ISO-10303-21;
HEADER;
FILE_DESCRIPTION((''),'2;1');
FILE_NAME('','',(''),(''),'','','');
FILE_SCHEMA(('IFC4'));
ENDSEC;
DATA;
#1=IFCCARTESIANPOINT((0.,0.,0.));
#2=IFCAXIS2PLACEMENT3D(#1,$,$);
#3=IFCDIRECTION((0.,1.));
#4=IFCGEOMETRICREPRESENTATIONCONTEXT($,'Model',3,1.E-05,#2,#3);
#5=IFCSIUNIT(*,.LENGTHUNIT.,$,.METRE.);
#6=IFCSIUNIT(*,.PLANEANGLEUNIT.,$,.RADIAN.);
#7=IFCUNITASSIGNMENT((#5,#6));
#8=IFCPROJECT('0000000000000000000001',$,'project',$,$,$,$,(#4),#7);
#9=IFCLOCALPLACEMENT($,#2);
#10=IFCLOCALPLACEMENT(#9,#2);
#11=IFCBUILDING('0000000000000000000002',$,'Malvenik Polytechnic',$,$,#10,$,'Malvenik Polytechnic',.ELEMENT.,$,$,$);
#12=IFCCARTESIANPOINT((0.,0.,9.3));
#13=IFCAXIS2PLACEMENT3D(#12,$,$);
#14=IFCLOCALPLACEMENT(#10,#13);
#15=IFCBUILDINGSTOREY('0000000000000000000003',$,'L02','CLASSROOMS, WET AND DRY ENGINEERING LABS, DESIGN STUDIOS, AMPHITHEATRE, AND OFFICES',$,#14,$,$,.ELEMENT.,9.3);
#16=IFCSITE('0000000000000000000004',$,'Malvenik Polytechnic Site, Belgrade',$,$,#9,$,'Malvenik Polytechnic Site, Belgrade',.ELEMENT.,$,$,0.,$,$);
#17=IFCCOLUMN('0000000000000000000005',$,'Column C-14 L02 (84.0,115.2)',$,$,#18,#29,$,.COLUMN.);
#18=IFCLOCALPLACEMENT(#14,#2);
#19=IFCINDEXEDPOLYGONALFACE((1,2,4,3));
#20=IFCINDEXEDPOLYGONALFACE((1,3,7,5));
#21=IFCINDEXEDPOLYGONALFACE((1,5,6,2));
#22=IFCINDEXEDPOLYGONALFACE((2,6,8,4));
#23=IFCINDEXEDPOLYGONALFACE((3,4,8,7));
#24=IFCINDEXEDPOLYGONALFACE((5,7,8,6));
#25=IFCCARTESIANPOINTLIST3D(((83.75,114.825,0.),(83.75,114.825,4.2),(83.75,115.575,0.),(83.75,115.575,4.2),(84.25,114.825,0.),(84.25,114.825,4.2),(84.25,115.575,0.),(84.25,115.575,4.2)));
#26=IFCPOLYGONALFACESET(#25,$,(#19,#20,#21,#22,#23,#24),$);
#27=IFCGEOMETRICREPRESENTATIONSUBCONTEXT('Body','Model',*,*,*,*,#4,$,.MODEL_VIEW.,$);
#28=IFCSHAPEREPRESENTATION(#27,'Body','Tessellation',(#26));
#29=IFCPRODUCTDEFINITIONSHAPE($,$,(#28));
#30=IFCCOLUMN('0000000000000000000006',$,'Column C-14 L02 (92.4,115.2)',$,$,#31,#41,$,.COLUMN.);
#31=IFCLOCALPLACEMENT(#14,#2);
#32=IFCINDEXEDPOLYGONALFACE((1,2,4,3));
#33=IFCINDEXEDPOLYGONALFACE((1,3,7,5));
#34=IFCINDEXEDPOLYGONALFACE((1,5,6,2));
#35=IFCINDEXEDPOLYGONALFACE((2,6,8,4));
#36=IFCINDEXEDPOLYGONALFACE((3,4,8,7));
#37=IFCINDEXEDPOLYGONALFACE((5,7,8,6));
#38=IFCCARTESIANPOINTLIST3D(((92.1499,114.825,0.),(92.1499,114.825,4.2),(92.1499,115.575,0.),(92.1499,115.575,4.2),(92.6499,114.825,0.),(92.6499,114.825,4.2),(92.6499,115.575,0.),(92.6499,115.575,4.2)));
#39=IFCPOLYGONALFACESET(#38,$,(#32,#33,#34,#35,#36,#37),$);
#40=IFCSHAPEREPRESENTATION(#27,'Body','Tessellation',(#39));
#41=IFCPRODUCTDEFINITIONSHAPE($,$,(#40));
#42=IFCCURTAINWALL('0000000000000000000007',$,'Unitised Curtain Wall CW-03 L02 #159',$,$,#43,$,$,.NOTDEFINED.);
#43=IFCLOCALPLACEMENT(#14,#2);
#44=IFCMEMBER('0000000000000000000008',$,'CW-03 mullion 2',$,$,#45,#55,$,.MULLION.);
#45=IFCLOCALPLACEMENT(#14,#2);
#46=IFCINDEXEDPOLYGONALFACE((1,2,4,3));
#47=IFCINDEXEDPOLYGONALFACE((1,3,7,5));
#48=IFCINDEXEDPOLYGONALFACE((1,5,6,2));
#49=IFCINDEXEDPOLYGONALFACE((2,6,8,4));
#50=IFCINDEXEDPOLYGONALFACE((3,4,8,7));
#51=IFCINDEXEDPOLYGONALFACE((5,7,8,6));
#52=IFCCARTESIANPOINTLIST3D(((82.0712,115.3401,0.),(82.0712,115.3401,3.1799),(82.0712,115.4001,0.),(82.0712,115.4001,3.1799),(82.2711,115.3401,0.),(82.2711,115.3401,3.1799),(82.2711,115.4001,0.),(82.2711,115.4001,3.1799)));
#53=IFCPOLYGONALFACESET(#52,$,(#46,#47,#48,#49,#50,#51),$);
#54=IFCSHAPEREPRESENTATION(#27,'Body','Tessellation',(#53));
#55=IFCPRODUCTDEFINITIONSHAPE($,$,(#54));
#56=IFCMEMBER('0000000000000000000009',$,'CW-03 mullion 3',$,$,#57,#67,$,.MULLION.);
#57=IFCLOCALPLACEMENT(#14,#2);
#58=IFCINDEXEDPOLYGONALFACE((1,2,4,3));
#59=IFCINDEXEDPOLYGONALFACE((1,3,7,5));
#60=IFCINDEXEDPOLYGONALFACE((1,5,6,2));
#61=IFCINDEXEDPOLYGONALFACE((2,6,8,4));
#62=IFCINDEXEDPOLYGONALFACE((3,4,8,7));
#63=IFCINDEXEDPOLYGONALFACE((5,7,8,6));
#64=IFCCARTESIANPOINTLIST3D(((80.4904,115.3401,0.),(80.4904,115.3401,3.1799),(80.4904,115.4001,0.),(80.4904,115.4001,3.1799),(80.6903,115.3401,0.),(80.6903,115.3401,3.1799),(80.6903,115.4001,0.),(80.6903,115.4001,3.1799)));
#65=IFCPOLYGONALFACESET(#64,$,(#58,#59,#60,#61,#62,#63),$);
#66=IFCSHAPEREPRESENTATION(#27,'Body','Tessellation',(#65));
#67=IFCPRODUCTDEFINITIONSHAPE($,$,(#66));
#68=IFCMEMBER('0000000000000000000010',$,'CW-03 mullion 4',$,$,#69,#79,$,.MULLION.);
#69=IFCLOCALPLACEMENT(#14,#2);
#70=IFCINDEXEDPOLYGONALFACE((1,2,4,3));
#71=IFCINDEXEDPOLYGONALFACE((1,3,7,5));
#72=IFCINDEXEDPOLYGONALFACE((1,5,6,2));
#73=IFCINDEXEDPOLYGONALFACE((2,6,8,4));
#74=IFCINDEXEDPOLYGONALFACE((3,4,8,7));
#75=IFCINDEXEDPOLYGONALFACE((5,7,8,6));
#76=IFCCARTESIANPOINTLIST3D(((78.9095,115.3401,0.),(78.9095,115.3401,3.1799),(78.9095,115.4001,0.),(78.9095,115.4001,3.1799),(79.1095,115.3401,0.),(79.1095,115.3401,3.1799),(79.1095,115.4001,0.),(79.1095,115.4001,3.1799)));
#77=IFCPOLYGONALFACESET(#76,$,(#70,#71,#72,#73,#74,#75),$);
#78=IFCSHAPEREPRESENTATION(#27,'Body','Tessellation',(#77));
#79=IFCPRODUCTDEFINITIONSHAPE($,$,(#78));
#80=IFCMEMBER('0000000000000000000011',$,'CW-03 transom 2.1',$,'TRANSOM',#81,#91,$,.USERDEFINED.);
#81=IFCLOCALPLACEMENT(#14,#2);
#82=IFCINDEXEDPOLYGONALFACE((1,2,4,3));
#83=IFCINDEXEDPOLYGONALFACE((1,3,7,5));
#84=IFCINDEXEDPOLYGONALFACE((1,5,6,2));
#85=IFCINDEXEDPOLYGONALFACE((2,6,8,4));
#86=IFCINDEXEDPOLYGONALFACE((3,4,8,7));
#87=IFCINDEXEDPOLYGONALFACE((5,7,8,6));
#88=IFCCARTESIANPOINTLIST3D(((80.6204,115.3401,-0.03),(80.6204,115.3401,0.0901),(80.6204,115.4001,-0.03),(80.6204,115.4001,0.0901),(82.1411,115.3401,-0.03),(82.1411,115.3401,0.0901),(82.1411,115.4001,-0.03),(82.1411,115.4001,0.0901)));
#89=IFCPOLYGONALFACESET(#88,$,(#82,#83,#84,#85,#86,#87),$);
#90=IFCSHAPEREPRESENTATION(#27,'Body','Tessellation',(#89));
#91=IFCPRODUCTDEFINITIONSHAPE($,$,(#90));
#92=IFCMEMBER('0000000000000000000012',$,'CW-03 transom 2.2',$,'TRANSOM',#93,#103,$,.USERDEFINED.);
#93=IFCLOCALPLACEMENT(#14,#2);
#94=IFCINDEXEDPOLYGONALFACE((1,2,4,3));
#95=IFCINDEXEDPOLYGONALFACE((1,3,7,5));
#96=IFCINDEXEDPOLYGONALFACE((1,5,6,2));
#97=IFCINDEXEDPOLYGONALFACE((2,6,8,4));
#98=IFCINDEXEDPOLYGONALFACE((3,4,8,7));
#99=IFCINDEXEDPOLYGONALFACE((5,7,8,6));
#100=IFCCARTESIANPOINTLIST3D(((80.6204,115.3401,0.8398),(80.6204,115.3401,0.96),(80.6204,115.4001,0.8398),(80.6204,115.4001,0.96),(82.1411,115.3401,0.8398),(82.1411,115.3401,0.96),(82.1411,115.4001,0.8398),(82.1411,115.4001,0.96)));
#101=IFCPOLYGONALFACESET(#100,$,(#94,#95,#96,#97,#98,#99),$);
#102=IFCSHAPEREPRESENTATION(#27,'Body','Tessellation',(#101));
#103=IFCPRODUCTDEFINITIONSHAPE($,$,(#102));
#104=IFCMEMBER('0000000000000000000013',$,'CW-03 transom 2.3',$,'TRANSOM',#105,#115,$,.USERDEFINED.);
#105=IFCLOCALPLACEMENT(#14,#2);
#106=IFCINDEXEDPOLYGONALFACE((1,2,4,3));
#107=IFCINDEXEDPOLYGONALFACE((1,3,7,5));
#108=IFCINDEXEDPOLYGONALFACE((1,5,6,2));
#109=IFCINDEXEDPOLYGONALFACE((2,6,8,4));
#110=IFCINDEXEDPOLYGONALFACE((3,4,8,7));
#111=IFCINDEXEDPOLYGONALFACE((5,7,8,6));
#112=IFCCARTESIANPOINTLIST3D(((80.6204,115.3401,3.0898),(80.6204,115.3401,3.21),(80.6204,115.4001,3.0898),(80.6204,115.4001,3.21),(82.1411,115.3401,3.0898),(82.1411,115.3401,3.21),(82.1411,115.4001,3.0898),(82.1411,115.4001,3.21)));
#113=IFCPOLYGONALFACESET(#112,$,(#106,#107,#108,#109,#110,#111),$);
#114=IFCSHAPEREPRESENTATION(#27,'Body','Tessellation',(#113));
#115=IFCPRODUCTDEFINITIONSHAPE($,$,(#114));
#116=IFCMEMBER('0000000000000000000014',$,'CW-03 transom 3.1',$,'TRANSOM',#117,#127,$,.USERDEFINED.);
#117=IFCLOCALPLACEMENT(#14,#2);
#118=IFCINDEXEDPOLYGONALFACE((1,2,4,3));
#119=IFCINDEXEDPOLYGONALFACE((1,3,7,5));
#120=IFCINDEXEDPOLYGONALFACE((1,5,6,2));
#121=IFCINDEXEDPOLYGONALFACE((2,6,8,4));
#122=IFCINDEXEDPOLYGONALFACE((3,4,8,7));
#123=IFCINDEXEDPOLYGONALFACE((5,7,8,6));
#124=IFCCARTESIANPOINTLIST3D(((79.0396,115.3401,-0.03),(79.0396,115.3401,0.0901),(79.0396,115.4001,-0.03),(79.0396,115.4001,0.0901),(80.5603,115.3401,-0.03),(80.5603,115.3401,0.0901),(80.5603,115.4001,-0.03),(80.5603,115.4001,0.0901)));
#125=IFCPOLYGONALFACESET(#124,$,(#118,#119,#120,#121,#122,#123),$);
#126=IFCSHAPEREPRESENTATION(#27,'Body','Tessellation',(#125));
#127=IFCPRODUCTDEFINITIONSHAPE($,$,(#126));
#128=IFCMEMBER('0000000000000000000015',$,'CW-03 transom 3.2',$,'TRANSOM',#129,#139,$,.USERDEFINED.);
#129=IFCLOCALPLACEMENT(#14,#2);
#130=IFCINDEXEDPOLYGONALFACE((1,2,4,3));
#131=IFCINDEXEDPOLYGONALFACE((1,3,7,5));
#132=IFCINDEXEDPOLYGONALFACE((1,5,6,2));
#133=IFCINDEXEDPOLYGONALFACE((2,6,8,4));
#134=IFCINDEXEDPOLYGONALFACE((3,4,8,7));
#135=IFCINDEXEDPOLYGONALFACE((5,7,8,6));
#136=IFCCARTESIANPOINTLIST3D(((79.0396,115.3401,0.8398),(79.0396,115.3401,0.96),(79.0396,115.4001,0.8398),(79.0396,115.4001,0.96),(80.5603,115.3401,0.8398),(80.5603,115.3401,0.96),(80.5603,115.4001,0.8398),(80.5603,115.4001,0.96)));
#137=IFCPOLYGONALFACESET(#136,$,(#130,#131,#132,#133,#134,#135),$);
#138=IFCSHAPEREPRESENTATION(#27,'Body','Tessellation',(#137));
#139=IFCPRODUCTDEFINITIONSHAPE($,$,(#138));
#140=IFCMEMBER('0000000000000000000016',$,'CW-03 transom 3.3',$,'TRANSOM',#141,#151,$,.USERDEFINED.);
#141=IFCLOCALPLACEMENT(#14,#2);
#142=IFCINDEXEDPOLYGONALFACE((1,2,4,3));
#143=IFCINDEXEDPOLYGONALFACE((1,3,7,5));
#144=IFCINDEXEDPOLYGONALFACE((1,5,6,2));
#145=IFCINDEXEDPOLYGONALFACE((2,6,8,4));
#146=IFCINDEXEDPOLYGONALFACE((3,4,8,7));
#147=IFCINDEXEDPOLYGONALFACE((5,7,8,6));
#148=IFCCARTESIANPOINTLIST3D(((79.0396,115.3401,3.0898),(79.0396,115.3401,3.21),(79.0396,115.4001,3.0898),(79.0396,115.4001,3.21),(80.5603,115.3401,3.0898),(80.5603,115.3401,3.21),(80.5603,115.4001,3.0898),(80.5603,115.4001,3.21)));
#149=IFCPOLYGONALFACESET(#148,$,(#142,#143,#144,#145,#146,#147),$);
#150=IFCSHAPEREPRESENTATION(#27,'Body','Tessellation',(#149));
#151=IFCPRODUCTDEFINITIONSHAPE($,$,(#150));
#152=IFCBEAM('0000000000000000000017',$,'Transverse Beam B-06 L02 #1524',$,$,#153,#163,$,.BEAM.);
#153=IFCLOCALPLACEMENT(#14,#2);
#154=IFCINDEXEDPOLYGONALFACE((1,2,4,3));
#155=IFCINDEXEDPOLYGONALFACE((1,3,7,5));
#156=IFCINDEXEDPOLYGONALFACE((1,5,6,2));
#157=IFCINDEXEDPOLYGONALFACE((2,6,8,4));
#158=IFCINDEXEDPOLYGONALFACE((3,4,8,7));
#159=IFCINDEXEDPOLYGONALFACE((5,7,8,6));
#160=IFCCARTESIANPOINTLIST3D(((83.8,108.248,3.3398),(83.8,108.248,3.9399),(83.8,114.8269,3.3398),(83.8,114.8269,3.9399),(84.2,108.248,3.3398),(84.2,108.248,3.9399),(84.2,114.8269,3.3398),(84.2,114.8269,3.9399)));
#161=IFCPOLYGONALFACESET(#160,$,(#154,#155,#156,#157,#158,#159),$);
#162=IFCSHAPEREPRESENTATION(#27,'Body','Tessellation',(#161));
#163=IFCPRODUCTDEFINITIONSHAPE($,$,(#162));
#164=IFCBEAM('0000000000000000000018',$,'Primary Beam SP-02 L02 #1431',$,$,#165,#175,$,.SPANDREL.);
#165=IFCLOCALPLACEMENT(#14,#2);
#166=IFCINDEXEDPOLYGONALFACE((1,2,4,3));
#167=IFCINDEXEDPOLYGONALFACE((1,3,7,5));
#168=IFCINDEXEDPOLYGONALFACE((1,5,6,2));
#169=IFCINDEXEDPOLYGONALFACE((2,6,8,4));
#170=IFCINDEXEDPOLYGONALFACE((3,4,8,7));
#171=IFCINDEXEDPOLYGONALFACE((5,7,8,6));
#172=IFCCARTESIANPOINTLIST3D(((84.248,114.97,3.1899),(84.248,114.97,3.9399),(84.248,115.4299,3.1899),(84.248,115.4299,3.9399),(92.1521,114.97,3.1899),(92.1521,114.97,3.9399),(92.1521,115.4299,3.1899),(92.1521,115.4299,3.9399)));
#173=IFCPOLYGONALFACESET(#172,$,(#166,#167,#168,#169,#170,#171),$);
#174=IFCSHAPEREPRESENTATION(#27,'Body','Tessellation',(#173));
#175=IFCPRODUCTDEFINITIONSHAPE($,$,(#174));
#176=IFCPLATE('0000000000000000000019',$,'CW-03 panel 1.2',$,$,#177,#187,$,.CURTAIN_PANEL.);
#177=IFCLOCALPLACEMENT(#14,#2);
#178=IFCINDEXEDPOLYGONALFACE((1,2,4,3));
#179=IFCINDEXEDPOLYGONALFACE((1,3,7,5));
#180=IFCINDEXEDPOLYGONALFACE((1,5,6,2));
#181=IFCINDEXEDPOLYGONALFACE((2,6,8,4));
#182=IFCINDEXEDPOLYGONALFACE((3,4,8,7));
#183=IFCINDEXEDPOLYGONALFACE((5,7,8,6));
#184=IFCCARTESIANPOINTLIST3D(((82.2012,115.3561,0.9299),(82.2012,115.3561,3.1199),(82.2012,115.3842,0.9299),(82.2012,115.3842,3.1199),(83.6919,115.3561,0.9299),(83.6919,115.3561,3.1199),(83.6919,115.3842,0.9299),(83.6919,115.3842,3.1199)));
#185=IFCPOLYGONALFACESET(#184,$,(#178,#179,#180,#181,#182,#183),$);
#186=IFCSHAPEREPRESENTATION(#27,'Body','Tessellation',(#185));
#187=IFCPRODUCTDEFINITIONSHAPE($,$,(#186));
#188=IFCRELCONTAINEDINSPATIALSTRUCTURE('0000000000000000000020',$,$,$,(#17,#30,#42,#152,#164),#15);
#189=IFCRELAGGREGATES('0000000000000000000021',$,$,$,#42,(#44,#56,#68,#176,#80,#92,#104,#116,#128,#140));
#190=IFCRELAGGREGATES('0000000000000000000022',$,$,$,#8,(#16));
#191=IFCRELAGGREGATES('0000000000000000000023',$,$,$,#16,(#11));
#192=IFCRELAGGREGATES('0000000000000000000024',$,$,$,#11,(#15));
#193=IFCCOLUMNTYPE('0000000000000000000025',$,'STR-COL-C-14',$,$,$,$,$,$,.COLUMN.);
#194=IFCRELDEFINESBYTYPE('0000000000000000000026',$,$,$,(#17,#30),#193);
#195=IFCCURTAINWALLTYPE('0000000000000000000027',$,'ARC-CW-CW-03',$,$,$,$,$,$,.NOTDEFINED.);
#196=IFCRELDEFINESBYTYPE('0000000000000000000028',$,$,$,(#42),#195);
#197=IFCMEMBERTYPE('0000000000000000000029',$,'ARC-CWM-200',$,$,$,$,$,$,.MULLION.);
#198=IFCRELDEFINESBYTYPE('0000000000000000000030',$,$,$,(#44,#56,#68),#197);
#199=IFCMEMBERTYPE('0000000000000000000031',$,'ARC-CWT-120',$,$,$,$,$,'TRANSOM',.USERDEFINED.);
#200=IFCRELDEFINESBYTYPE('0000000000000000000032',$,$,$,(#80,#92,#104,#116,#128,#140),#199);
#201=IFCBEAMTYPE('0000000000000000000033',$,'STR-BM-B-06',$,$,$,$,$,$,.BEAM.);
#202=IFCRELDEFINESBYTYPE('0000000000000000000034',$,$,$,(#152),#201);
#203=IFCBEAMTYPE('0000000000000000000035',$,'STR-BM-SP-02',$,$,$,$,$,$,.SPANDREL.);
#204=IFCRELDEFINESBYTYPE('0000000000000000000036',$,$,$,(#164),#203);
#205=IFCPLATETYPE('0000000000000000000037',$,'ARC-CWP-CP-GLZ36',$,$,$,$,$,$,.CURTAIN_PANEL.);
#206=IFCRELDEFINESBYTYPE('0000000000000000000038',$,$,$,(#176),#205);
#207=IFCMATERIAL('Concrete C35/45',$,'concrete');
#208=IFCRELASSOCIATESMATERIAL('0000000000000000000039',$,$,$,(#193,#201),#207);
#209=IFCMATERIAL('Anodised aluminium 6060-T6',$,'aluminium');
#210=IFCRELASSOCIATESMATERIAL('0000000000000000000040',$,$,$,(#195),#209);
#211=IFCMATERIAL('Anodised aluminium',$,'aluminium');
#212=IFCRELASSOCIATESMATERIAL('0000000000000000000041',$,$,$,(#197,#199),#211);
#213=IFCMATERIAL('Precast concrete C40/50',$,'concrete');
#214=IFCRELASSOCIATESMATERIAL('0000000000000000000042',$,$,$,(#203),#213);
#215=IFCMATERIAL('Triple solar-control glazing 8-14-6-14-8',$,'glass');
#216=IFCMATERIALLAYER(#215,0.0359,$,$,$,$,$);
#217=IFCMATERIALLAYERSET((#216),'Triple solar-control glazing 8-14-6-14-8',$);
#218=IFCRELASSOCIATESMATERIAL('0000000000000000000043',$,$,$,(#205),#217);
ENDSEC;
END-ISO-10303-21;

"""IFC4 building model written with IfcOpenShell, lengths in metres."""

from ifc_helpers import new_model, si_unit, direction, frame, origin, origin_2d, place, context, subcontext, project, spatial, rectangle, extrude, material, layer, layer_set, material_profile, profile_set, type_object, element, aggregate, save


model = new_model("IFC4")

# Units and contexts
model_context = context("Model", 3, precision=1e-05, world=origin(), true_north=direction((0.0, 1.0)))
body_context = subcontext(model_context, "Body", "Model", "MODEL_VIEW")
ifc_project = project(units=[si_unit("LENGTHUNIT", "METRE"), si_unit("PLANEANGLEUNIT", "RADIAN")], contexts=[model_context])

# Site, building, storey
site_placement = place(None, origin())
site = spatial("IfcSite", under=ifc_project, at=site_placement, Name="Malvenik Polytechnic Site, Belgrade", LongName="Malvenik Polytechnic Site, Belgrade", CompositionType="ELEMENT", RefElevation=0.0)
building_placement = place(site_placement, origin())
building = spatial("IfcBuilding", under=site, at=building_placement, Name="Malvenik Polytechnic", LongName="Malvenik Polytechnic", CompositionType="ELEMENT")
storey_placement = place(building_placement, frame((0.0, 0.0, 9.3)))
storey = spatial("IfcBuildingStorey", under=building, at=storey_placement, Name="L02", Description="CLASSROOMS, WET AND DRY ENGINEERING LABS, DESIGN STUDIOS, AMPHITHEATRE, AND OFFICES", CompositionType="ELEMENT", Elevation=9.3)

# Columns
ifc_material_1 = material(Name="Concrete C35/45", Category="concrete")
ifc_material_profile_1 = material_profile(ifc_material_1, rectangle(XDim=0.5, YDim=0.75, at=origin_2d()), Name="RC COL 750x500")
ifc_profile_set_1 = profile_set([ifc_material_profile_1], Name="Concrete C35/45")
column_type = type_object("IfcColumnType", Name="STR-COL-C-14", PredefinedType="COLUMN", material=ifc_profile_set_1)
for number, where, z_axis, x_axis, name in (
    (1, (84.0, 115.2, 0.0), (0.0, 0.0, 1.0), (1.0, 0.0, 0.0), "Column C-14 L02 (84.0,115.2)"),
    (2, (92.3999, 115.2, 0.0), (0.0, 0.0, 1.0), (1.0, 0.0, 0.0), "Column C-14 L02 (92.4,115.2)"),
):
    element("IfcColumn", number, at=place(storey_placement, frame(where, z_axis=z_axis, x_axis=x_axis)), inside=storey, type_object=column_type, Name=name, PredefinedType="COLUMN", context=body_context, shape_type="SweptSolid", body=[
        extrude(rectangle(XDim=0.5, YDim=0.75, at=origin_2d()), origin(), (0.0, 0.0, 1.0), 4.2),
    ])

# Curtain wall, members
ifc_material_2 = material(Name="Anodised aluminium 6060-T6", Category="aluminium")
curtain_wall_type = type_object("IfcCurtainWallType", Name="ARC-CW-CW-03", PredefinedType="NOTDEFINED", material=ifc_material_2)
curtain_wall_placement = place(storey_placement, origin())
curtain_wall = element("IfcCurtainWall", 3, at=curtain_wall_placement, inside=storey, type_object=curtain_wall_type, Name="Unitised Curtain Wall CW-03 L02 #159", PredefinedType="NOTDEFINED")
ifc_material_3 = material(Name="Anodised aluminium", Category="aluminium")
ifc_material_profile_2 = material_profile(ifc_material_3, rectangle(XDim=0.0601, YDim=0.2, at=origin_2d()), Name="ALU MULLION 60x200")
ifc_profile_set_2 = profile_set([ifc_material_profile_2], Name="Anodised aluminium")
member_type_1 = type_object("IfcMemberType", Name="ARC-CWM-200", PredefinedType="MULLION", material=ifc_profile_set_2)
member_1_placement = place(storey_placement, frame((82.1711, 115.3701, 0.0), z_axis=(0.0, 0.0, 1.0), x_axis=(0.0, -1.0, 0.0)))
member_1 = element("IfcMember", 4, at=member_1_placement, type_object=member_type_1, Name="CW-03 mullion 2", PredefinedType="MULLION", context=body_context, shape_type="SweptSolid", body=[
    extrude(rectangle(XDim=0.0601, YDim=0.2, at=origin_2d()), origin(), (0.0, 0.0, 1.0), 3.1799),
])
member_2_placement = place(storey_placement, frame((80.5903, 115.3701, 0.0), z_axis=(0.0, 0.0, 1.0), x_axis=(0.0, -1.0, 0.0)))
member_2 = element("IfcMember", 5, at=member_2_placement, type_object=member_type_1, Name="CW-03 mullion 3", PredefinedType="MULLION", context=body_context, shape_type="SweptSolid", body=[
    extrude(rectangle(XDim=0.0601, YDim=0.2, at=origin_2d()), origin(), (0.0, 0.0, 1.0), 3.1799),
])
member_3_placement = place(storey_placement, frame((79.0095, 115.3701, 0.0), z_axis=(0.0, 0.0, 1.0), x_axis=(0.0, -1.0, 0.0)))
member_3 = element("IfcMember", 6, at=member_3_placement, type_object=member_type_1, Name="CW-03 mullion 4", PredefinedType="MULLION", context=body_context, shape_type="SweptSolid", body=[
    extrude(rectangle(XDim=0.0601, YDim=0.2, at=origin_2d()), origin(), (0.0, 0.0, 1.0), 3.1799),
])
ifc_material_profile_3 = material_profile(ifc_material_3, rectangle(XDim=0.0601, YDim=0.1201, at=origin_2d()), Name="ALU TRANSOM 60x120")
ifc_profile_set_3 = profile_set([ifc_material_profile_3], Name="Anodised aluminium")
member_type_2 = type_object("IfcMemberType", Name="ARC-CWT-120", ElementType="TRANSOM", PredefinedType="USERDEFINED", material=ifc_profile_set_3)
member_4_placement = place(storey_placement, frame((82.1411, 115.3701, 0.03), z_axis=(-1.0, 0.0, 0.0), x_axis=(0.0, -1.0, 0.0)))
member_4 = element("IfcMember", 7, at=member_4_placement, type_object=member_type_2, Name="CW-03 transom 2.1", ObjectType="TRANSOM", PredefinedType="USERDEFINED", context=body_context, shape_type="SweptSolid", body=[
    extrude(rectangle(XDim=0.0601, YDim=0.1201, at=origin_2d()), origin(), (0.0, 0.0, 1.0), 1.5208),
])
member_5_placement = place(storey_placement, frame((82.1411, 115.3701, 0.8999), z_axis=(-1.0, 0.0, 0.0), x_axis=(0.0, -1.0, 0.0)))
member_5 = element("IfcMember", 8, at=member_5_placement, type_object=member_type_2, Name="CW-03 transom 2.2", ObjectType="TRANSOM", PredefinedType="USERDEFINED", context=body_context, shape_type="SweptSolid", body=[
    extrude(rectangle(XDim=0.0601, YDim=0.1201, at=origin_2d()), origin(), (0.0, 0.0, 1.0), 1.5208),
])
member_6_placement = place(storey_placement, frame((82.1411, 115.3701, 3.1499), z_axis=(-1.0, 0.0, 0.0), x_axis=(0.0, -1.0, 0.0)))
member_6 = element("IfcMember", 9, at=member_6_placement, type_object=member_type_2, Name="CW-03 transom 2.3", ObjectType="TRANSOM", PredefinedType="USERDEFINED", context=body_context, shape_type="SweptSolid", body=[
    extrude(rectangle(XDim=0.0601, YDim=0.1201, at=origin_2d()), origin(), (0.0, 0.0, 1.0), 1.5208),
])
member_7_placement = place(storey_placement, frame((80.5603, 115.3701, 0.03), z_axis=(-1.0, 0.0, 0.0), x_axis=(0.0, -1.0, 0.0)))
member_7 = element("IfcMember", 10, at=member_7_placement, type_object=member_type_2, Name="CW-03 transom 3.1", ObjectType="TRANSOM", PredefinedType="USERDEFINED", context=body_context, shape_type="SweptSolid", body=[
    extrude(rectangle(XDim=0.0601, YDim=0.1201, at=origin_2d()), origin(), (0.0, 0.0, 1.0), 1.5208),
])
member_8_placement = place(storey_placement, frame((80.5603, 115.3701, 0.8999), z_axis=(-1.0, 0.0, 0.0), x_axis=(0.0, -1.0, 0.0)))
member_8 = element("IfcMember", 11, at=member_8_placement, type_object=member_type_2, Name="CW-03 transom 3.2", ObjectType="TRANSOM", PredefinedType="USERDEFINED", context=body_context, shape_type="SweptSolid", body=[
    extrude(rectangle(XDim=0.0601, YDim=0.1201, at=origin_2d()), origin(), (0.0, 0.0, 1.0), 1.5208),
])
member_9_placement = place(storey_placement, frame((80.5603, 115.3701, 3.1499), z_axis=(-1.0, 0.0, 0.0), x_axis=(0.0, -1.0, 0.0)))
member_9 = element("IfcMember", 12, at=member_9_placement, type_object=member_type_2, Name="CW-03 transom 3.3", ObjectType="TRANSOM", PredefinedType="USERDEFINED", context=body_context, shape_type="SweptSolid", body=[
    extrude(rectangle(XDim=0.0601, YDim=0.1201, at=origin_2d()), origin(), (0.0, 0.0, 1.0), 1.5208),
])

# Beams
ifc_material_profile_4 = material_profile(ifc_material_1, rectangle(XDim=0.3999, YDim=0.6001, at=origin_2d()), Name="RC BM 400x600")
ifc_profile_set_4 = profile_set([ifc_material_profile_4], Name="Concrete C35/45")
beam_type_1 = type_object("IfcBeamType", Name="STR-BM-B-06", PredefinedType="BEAM", material=ifc_profile_set_4)
beam_1_placement = place(storey_placement, frame((84.0, 108.248, 3.6399), z_axis=(0.0, 1.0, 0.0), x_axis=(-1.0, 0.0, 0.0)))
element("IfcBeam", 13, at=beam_1_placement, inside=storey, type_object=beam_type_1, Name="Transverse Beam B-06 L02 #1524", PredefinedType="BEAM", context=body_context, shape_type="SweptSolid", body=[
    extrude(rectangle(XDim=0.3999, YDim=0.6001, at=origin_2d()), origin(), (0.0, 0.0, 1.0), 6.5789),
])
ifc_material_4 = material(Name="Precast concrete C40/50", Category="concrete")
ifc_material_profile_5 = material_profile(ifc_material_4, rectangle(XDim=0.46, YDim=0.75, at=origin_2d()), Name="PC SPN 460x750")
ifc_profile_set_5 = profile_set([ifc_material_profile_5], Name="Precast concrete C40/50")
beam_type_2 = type_object("IfcBeamType", Name="STR-BM-SP-02", PredefinedType="SPANDREL", material=ifc_profile_set_5)
beam_2_placement = place(storey_placement, frame((84.248, 115.2, 3.5649), z_axis=(1.0, 0.0, 0.0), x_axis=(0.0, 1.0, 0.0)))
element("IfcBeam", 14, at=beam_2_placement, inside=storey, type_object=beam_type_2, Name="Primary Beam SP-02 L02 #1431", PredefinedType="SPANDREL", context=body_context, shape_type="SweptSolid", body=[
    extrude(rectangle(XDim=0.46, YDim=0.75, at=origin_2d()), origin(), (0.0, 0.0, 1.0), 7.9041),
])

# Plate
ifc_material_5 = material(Name="Triple solar-control glazing 8-14-6-14-8", Category="glass")
ifc_layer_1 = layer(ifc_material_5, 0.0359)
ifc_layer_set_1 = layer_set([ifc_layer_1], Name="Triple solar-control glazing 8-14-6-14-8")
plate_type_1 = type_object("IfcPlateType", Name="ARC-CWP-CP-GLZ36", PredefinedType="CURTAIN_PANEL", material=ifc_layer_set_1)
plate_1_placement = place(storey_placement, frame((82.9465, 115.3701, 0.9299), z_axis=(0.0, 0.0, 1.0), x_axis=(-1.0, 0.0, 0.0)))
plate_1 = element("IfcPlate", 15, at=plate_1_placement, type_object=plate_type_1, Name="CW-03 panel 1.2", PredefinedType="CURTAIN_PANEL", context=body_context, shape_type="SweptSolid", body=[
    extrude(rectangle(XDim=1.4907, YDim=0.0281, at=origin_2d()), origin(), (0.0, 0.0, 1.0), 2.1899),
])
aggregate(curtain_wall, [member_1, member_2, member_3, plate_1, member_4, member_5, member_6, member_7, member_8, member_9])

save(model, "model.ifc")
